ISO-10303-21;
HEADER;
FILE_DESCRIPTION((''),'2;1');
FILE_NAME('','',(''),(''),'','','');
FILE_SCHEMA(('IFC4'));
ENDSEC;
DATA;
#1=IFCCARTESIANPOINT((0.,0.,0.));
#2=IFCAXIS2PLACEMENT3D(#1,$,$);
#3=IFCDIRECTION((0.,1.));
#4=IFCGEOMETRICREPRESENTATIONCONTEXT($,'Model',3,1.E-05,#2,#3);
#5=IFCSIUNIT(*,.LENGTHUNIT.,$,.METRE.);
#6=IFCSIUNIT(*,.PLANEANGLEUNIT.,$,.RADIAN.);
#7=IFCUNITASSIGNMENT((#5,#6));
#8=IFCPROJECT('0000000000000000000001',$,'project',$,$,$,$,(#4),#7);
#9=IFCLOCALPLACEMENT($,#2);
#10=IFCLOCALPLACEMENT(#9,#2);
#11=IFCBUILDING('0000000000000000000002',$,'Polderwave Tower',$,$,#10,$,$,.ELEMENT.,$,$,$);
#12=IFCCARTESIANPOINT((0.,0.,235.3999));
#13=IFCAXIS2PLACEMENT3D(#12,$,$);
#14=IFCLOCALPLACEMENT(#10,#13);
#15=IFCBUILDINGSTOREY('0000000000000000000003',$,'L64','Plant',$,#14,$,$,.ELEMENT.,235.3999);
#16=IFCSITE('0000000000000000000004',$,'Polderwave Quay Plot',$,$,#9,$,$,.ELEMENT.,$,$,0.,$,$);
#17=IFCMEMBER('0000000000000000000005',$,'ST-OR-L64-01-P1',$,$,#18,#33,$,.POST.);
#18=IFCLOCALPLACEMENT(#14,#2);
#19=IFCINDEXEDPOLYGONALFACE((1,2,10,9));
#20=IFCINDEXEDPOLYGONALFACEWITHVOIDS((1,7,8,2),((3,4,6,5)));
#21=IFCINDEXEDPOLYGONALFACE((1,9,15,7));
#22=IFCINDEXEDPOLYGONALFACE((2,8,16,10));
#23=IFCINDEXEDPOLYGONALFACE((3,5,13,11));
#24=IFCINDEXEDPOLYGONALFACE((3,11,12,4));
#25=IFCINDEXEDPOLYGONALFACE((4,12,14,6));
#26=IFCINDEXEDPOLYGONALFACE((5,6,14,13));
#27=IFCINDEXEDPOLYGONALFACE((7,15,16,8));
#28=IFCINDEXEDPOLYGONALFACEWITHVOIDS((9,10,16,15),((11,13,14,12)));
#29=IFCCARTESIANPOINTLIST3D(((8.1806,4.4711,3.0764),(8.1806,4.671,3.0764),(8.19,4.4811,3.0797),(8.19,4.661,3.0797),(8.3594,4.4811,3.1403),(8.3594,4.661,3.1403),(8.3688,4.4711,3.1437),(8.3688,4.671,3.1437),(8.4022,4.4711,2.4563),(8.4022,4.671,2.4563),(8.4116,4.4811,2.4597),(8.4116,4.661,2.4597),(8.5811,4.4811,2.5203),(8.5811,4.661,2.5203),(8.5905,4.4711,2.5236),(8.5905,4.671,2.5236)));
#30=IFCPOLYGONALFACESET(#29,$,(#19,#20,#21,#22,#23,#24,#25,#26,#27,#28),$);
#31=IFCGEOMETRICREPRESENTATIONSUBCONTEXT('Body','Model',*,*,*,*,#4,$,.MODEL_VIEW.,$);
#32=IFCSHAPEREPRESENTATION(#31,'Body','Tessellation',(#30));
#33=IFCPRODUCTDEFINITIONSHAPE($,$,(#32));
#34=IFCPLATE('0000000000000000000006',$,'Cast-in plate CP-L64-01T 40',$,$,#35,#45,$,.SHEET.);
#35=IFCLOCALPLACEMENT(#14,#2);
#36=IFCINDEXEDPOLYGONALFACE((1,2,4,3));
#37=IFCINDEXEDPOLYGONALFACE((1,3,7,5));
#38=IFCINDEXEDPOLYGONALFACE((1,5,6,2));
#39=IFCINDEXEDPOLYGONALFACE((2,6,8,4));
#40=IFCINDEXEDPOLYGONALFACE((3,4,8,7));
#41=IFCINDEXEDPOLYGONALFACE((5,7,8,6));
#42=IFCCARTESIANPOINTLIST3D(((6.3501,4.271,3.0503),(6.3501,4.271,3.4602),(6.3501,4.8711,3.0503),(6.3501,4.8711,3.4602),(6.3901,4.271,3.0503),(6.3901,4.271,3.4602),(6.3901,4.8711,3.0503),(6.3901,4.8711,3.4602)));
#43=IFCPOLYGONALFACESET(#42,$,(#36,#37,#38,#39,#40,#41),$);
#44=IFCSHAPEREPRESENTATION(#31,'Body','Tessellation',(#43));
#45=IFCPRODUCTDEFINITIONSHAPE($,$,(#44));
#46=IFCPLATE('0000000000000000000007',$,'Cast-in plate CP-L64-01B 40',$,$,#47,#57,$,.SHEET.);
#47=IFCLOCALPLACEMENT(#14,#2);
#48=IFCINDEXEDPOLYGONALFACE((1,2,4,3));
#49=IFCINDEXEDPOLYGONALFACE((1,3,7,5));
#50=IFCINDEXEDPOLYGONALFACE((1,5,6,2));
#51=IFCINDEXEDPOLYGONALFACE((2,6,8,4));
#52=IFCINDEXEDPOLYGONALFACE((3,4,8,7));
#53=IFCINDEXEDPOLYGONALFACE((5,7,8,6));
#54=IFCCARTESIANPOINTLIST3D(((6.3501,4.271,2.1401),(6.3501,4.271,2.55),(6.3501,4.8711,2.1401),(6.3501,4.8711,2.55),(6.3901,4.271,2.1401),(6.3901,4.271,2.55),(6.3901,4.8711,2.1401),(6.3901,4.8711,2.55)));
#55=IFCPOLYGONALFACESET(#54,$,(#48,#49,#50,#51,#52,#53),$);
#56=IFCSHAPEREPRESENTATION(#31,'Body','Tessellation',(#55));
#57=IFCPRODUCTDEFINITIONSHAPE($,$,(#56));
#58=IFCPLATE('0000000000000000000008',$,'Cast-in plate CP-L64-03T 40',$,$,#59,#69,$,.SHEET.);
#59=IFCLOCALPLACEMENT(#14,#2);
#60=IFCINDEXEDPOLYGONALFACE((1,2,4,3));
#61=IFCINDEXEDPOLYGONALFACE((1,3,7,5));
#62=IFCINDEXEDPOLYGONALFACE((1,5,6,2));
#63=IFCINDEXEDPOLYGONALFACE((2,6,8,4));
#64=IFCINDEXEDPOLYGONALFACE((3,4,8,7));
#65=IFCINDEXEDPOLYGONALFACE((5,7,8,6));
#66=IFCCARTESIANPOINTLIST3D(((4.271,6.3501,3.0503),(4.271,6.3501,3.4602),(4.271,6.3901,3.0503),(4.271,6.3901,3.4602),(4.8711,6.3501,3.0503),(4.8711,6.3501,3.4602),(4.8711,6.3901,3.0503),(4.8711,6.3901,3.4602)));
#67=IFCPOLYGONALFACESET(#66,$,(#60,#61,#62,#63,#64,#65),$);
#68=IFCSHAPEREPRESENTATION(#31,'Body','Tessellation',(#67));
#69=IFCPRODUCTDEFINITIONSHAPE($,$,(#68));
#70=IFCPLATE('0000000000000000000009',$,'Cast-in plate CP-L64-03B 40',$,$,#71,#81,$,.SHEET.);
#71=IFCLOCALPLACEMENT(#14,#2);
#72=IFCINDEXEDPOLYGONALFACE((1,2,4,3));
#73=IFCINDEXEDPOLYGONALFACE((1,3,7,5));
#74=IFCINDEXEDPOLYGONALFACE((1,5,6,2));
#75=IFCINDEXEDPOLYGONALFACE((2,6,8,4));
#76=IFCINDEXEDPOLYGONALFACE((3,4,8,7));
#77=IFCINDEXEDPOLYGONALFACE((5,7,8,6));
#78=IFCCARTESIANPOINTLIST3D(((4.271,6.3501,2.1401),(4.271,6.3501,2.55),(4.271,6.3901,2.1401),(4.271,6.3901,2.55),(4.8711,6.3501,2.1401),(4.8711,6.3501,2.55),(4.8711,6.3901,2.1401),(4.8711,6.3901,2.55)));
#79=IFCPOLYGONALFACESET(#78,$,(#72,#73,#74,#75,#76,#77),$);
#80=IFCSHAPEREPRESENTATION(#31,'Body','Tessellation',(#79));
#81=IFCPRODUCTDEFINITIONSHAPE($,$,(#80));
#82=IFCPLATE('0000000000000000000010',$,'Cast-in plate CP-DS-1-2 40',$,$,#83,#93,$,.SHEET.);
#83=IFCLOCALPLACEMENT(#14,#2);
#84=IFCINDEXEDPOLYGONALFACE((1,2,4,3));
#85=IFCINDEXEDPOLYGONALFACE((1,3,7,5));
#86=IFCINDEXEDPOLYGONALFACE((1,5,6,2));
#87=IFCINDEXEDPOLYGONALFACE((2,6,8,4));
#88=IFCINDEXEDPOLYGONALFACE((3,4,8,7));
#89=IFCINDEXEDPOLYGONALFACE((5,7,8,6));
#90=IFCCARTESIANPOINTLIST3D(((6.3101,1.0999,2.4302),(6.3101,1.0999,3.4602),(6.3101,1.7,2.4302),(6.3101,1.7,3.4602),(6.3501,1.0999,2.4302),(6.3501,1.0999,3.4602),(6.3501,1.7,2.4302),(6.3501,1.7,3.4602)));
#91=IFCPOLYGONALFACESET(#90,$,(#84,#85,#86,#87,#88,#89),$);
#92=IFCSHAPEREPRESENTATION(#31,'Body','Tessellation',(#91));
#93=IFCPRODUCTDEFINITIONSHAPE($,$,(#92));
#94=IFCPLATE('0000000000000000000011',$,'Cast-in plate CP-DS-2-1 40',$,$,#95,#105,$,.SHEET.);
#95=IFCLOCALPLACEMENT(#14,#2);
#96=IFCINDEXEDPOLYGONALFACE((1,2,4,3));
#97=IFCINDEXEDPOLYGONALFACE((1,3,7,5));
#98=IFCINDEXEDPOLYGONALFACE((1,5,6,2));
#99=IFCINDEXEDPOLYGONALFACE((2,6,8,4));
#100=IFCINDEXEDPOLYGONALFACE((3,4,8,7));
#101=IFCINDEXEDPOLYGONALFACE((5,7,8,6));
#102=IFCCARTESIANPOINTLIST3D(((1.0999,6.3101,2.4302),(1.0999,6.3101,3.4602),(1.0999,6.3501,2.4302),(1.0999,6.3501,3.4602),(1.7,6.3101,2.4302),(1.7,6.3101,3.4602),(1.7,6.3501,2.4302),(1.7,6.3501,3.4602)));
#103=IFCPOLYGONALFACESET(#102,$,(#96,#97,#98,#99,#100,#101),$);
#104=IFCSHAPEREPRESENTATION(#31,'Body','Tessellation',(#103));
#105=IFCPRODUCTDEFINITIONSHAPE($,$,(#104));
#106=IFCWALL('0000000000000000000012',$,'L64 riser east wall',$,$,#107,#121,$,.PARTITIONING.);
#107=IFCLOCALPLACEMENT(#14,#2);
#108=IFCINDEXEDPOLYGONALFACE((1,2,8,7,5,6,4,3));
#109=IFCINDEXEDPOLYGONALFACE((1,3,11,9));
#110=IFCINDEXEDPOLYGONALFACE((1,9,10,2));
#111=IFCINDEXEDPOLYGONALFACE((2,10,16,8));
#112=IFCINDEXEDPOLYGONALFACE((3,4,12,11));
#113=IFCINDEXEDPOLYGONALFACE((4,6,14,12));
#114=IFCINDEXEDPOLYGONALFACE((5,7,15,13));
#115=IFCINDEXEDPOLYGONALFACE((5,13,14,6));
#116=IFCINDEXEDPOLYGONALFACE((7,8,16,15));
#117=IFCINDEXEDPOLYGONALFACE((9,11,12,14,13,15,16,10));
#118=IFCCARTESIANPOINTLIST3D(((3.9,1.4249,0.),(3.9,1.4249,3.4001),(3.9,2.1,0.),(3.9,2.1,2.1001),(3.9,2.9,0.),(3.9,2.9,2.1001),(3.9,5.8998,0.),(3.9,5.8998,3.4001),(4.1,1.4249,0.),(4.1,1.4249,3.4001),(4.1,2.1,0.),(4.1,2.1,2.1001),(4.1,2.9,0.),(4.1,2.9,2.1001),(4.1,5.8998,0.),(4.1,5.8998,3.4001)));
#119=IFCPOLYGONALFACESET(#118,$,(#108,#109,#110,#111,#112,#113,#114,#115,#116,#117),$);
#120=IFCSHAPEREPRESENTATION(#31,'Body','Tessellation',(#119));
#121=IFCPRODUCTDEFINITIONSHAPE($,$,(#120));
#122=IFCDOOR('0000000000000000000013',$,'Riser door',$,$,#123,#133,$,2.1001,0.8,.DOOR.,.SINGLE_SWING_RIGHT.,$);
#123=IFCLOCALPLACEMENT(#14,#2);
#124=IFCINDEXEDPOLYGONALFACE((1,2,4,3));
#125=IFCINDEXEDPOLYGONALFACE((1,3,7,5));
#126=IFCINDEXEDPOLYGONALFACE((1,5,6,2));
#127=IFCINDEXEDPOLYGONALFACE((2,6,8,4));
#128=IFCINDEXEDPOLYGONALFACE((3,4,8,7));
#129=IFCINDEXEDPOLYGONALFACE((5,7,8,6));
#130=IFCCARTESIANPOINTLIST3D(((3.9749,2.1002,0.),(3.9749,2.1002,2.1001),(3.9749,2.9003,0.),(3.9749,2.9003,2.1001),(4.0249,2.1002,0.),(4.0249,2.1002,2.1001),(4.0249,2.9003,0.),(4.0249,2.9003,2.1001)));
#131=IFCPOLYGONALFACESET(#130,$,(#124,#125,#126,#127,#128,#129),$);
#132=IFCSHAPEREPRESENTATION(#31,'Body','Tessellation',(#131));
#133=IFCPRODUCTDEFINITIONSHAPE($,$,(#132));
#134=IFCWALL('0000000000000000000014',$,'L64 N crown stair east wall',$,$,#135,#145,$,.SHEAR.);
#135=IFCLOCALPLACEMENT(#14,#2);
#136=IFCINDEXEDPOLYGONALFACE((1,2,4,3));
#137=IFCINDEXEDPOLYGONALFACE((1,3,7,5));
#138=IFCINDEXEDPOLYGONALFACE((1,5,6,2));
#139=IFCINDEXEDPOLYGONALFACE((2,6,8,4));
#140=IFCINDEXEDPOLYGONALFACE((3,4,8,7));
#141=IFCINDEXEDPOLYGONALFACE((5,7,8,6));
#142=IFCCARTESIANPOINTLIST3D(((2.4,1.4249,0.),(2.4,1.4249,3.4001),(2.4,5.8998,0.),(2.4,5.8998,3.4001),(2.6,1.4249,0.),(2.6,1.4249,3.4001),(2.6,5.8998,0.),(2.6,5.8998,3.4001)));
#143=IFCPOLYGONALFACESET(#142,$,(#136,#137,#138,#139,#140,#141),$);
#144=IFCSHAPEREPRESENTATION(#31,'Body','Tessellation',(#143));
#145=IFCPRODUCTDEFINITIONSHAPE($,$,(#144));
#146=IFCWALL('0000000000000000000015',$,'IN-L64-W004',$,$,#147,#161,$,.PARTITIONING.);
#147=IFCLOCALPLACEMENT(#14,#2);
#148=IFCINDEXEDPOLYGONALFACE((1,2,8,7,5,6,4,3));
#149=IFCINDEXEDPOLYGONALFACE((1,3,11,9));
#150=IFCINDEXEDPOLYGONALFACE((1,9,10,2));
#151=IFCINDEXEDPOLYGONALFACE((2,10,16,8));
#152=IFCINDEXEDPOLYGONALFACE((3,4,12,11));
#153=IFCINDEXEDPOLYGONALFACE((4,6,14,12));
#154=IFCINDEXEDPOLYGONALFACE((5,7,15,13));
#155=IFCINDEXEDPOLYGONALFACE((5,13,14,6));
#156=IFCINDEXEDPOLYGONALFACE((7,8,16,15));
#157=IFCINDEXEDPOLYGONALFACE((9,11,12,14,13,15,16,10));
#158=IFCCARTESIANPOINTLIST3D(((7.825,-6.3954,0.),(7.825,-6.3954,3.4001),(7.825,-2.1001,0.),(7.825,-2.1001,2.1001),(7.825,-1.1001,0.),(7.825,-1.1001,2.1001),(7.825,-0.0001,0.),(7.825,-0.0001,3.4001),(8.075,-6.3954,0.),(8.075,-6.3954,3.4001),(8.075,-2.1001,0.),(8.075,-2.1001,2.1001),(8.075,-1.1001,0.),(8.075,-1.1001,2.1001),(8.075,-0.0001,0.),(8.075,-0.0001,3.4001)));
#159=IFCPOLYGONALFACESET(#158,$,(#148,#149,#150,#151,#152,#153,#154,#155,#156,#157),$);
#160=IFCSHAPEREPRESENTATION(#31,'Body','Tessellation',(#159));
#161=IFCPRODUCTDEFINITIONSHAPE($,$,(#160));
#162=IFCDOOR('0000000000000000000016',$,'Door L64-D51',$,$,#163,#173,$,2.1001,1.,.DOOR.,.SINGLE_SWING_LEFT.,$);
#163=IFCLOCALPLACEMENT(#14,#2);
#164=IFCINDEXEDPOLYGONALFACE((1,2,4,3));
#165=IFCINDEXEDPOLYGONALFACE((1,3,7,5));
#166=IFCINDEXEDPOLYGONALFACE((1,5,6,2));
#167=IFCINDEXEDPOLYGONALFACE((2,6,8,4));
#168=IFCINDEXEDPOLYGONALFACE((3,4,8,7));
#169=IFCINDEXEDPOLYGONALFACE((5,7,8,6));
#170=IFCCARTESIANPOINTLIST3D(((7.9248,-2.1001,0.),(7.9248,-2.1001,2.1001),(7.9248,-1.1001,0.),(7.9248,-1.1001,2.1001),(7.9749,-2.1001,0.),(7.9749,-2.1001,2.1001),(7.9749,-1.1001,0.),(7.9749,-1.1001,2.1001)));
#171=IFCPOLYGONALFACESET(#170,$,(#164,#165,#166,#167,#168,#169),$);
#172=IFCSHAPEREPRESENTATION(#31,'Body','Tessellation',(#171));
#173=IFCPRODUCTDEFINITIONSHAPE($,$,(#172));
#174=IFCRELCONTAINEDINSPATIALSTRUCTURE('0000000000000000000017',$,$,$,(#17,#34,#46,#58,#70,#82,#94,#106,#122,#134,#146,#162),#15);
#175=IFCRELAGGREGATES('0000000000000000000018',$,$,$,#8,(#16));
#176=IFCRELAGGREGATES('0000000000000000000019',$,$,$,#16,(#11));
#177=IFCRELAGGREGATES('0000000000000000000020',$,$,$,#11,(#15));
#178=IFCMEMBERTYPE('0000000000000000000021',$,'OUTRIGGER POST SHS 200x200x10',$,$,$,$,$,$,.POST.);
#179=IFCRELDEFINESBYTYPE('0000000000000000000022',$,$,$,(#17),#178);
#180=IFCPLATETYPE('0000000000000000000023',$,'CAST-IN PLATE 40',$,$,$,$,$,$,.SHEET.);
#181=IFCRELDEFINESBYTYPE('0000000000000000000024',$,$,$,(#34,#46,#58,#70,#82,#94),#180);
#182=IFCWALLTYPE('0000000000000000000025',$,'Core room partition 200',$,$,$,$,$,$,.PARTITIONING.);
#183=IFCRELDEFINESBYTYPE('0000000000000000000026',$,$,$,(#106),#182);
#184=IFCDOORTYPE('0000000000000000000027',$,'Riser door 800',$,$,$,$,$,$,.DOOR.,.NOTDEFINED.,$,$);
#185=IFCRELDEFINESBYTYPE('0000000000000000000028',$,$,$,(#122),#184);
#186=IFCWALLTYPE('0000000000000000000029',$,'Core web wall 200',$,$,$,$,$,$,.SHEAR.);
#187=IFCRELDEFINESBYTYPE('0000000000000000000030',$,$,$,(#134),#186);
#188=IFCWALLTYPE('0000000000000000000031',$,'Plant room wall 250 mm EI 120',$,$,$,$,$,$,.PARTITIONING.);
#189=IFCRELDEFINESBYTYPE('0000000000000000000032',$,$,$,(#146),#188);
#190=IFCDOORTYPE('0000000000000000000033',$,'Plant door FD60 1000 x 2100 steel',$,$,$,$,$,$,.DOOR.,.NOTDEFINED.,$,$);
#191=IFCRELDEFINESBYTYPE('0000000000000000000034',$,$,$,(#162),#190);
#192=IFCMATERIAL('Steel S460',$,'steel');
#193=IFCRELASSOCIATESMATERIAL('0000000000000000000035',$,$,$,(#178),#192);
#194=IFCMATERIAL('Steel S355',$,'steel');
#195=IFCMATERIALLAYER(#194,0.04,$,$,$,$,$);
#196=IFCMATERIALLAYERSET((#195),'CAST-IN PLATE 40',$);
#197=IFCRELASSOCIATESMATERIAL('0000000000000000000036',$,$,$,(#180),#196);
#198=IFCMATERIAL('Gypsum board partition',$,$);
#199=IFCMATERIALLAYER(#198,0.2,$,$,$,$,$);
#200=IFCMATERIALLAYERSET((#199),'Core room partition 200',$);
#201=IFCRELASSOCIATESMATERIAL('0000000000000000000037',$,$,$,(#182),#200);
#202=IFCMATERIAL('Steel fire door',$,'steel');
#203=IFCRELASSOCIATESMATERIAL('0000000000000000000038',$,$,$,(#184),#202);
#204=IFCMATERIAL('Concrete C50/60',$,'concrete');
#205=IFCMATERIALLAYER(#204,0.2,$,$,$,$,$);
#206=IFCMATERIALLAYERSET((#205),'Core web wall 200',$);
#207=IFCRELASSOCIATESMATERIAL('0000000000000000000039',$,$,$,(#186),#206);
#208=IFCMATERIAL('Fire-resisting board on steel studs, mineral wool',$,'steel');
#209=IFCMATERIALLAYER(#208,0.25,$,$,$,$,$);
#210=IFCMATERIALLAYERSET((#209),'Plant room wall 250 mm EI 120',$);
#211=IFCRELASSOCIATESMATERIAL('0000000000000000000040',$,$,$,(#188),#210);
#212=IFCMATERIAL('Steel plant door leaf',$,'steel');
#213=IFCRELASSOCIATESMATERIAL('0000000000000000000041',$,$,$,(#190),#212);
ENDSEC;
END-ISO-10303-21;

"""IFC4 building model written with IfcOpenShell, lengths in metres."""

from ifc_helpers import new_model, si_unit, direction, frame, frame_2d, origin, origin_2d, place, context, subcontext, project, spatial, rectangle, hollow_rectangle, extrude, material, layer, layer_set, material_profile, profile_set, type_object, element, fill, save


model = new_model("IFC4")

# Units and contexts
model_context = context("Model", 3, precision=1e-05, world=origin(), true_north=direction((0.0, 1.0)))
body_context = subcontext(model_context, "Body", "Model", "MODEL_VIEW")
ifc_project = project(units=[si_unit("LENGTHUNIT", "METRE"), si_unit("PLANEANGLEUNIT", "RADIAN")], contexts=[model_context])

# Site, building, storey
site_placement = place(None, origin())
site = spatial("IfcSite", under=ifc_project, at=site_placement, Name="Polderwave Quay Plot", CompositionType="ELEMENT", RefElevation=0.0)
building_placement = place(site_placement, origin())
building = spatial("IfcBuilding", under=site, at=building_placement, Name="Polderwave Tower", CompositionType="ELEMENT")
storey_placement = place(building_placement, frame((0.0, 0.0, 235.3999)))
storey = spatial("IfcBuildingStorey", under=building, at=storey_placement, Name="L64", Description="Plant", CompositionType="ELEMENT", Elevation=235.3999)

# Shared definitions
ifc_material_1 = material(Name="Steel S460", Category="steel")

# Member
ifc_material_profile_1 = material_profile(ifc_material_1, hollow_rectangle(XDim=0.2, YDim=0.2, WallThickness=0.01, at=origin_2d()), Name="SHS 200x200x10")
ifc_profile_set_1 = profile_set([ifc_material_profile_1], Name="Steel S460")
member_type_1 = type_object("IfcMemberType", Name="OUTRIGGER POST SHS 200x200x10", PredefinedType="POST", material=ifc_profile_set_1)
member_1_placement = place(storey_placement, frame((8.4963, 4.571, 2.49), z_axis=(-0.336618, 0.0, 0.941641), x_axis=(0.0, -1.0, 0.0)))
element("IfcMember", 1, at=member_1_placement, inside=storey, type_object=member_type_1, Name="ST-OR-L64-01-P1", PredefinedType="POST", context=body_context, shape_type="SweptSolid", body=[
    extrude(hollow_rectangle(XDim=0.2, YDim=0.2, WallThickness=0.01, at=origin_2d()), origin(), (0.0, 0.0, 1.0), 0.6584),
])

# Plates
ifc_material_2 = material(Name="Steel S355", Category="steel")
ifc_layer_1 = layer(ifc_material_2, 0.04)
ifc_layer_set_1 = layer_set([ifc_layer_1], Name="CAST-IN PLATE 40")
plate_type = type_object("IfcPlateType", Name="CAST-IN PLATE 40", PredefinedType="SHEET", material=ifc_layer_set_1)
for number, where, z_axis, x_axis, name in (
    (2, (6.3701, 4.571, 3.0503), (0.0, 0.0, 1.0), (1.0, 0.0, 0.0), "Cast-in plate CP-L64-01T 40"),
    (3, (6.3701, 4.571, 2.1401), (0.0, 0.0, 1.0), (1.0, 0.0, 0.0), "Cast-in plate CP-L64-01B 40"),
    (4, (4.571, 6.3701, 3.0503), (0.0, 0.0, 1.0), (0.0, 1.0, 0.0), "Cast-in plate CP-L64-03T 40"),
    (5, (4.571, 6.3701, 2.1401), (0.0, 0.0, 1.0), (0.0, 1.0, 0.0), "Cast-in plate CP-L64-03B 40"),
):
    element("IfcPlate", number, at=place(storey_placement, frame(where, z_axis=z_axis, x_axis=x_axis)), inside=storey, type_object=plate_type, Name=name, PredefinedType="SHEET", context=body_context, shape_type="SweptSolid", body=[
        extrude(rectangle(XDim=0.04, YDim=0.6001, at=origin_2d()), origin(), (0.0, 0.0, 1.0), 0.4099),
    ])
for number, where, z_axis, x_axis, name in (
    (6, (6.3301, 1.3999, 2.4302), (0.0, 0.0, 1.0), (1.0, 0.0, 0.0), "Cast-in plate CP-DS-1-2 40"),
    (7, (1.3999, 6.3301, 2.4302), (0.0, 0.0, 1.0), (0.0, 1.0, 0.0), "Cast-in plate CP-DS-2-1 40"),
):
    element("IfcPlate", number, at=place(storey_placement, frame(where, z_axis=z_axis, x_axis=x_axis)), inside=storey, type_object=plate_type, Name=name, PredefinedType="SHEET", context=body_context, shape_type="SweptSolid", body=[
        extrude(rectangle(XDim=0.04, YDim=0.6001, at=origin_2d()), origin(), (0.0, 0.0, 1.0), 1.03),
    ])

# Wall, opening, door
ifc_material_3 = material(Name="Gypsum board partition")
ifc_layer_2 = layer(ifc_material_3, 0.2)
ifc_layer_set_2 = layer_set([ifc_layer_2], Name="Core room partition 200")
wall_type_1 = type_object("IfcWallType", Name="Core room partition 200", PredefinedType="PARTITIONING", material=ifc_layer_set_2)
wall_1_placement = place(storey_placement, frame((4.0, 1.425, 0.0), z_axis=(0.0, 0.0, 1.0), x_axis=(0.0, 1.0, 0.0)))
wall_1 = element("IfcWall", 8, at=wall_1_placement, inside=storey, type_object=wall_type_1, Name="L64 riser east wall", PredefinedType="PARTITIONING", context=body_context, shape_type="SweptSolid", body=[
    extrude(rectangle(XDim=4.4749, YDim=0.2, at=frame_2d((2.2373, 0.0))), origin(), (0.0, 0.0, 1.0), 3.4001),
])
opening_1_placement = place(wall_1_placement, frame((0.675, 0.0, 0.0)))
opening_1 = element("IfcOpeningElement", 9, at=opening_1_placement, cuts=wall_1, PredefinedType="OPENING", context=body_context, shape_type="SweptSolid", body=[
    extrude(rectangle(XDim=0.8, YDim=2.1001, at=frame_2d((0.3999, 1.05))), frame((0.0, 0.1099, 0.0), z_axis=(0.0, -1.0, 0.0), x_axis=(1.0, 0.0, 0.0)), (0.0, 0.0, 1.0), 0.22),
])
ifc_material_4 = material(Name="Steel fire door", Category="steel")
door_type_1 = type_object("IfcDoorType", Name="Riser door 800", OperationType="NOTDEFINED", PredefinedType="DOOR", material=ifc_material_4)
door_1_placement = place(opening_1_placement, frame((0.8, 0.0, 0.0), z_axis=(0.0, 0.0, 1.0), x_axis=(-1.0, 0.0, 0.0)))
door_1 = element("IfcDoor", 10, at=door_1_placement, inside=storey, type_object=door_type_1, Name="Riser door", OperationType="SINGLE_SWING_RIGHT", OverallHeight=2.1001, OverallWidth=0.8, PredefinedType="DOOR", context=body_context, shape_type="SweptSolid", body=[
    extrude(rectangle(XDim=0.8, YDim=2.1001, at=frame_2d((0.3999, 1.05))), frame((0.0, 0.0249, 0.0), z_axis=(0.0, -1.0, 0.0), x_axis=(1.0, 0.0, 0.0)), (0.0, 0.0, 1.0), 0.05),
])
fill(opening_1, door_1)

# Wall
ifc_material_5 = material(Name="Concrete C50/60", Category="concrete")
ifc_layer_3 = layer(ifc_material_5, 0.2)
ifc_layer_set_3 = layer_set([ifc_layer_3], Name="Core web wall 200")
wall_type_2 = type_object("IfcWallType", Name="Core web wall 200", PredefinedType="SHEAR", material=ifc_layer_set_3)
wall_2_placement = place(storey_placement, frame((2.5, 1.425, 0.0), z_axis=(0.0, 0.0, 1.0), x_axis=(0.0, 1.0, 0.0)))
element("IfcWall", 11, at=wall_2_placement, inside=storey, type_object=wall_type_2, Name="L64 N crown stair east wall", PredefinedType="SHEAR", context=body_context, shape_type="SweptSolid", body=[
    extrude(rectangle(XDim=4.4749, YDim=0.2, at=frame_2d((2.2373, 0.0))), origin(), (0.0, 0.0, 1.0), 3.4001),
])

# Wall, opening, door
ifc_material_6 = material(Name="Fire-resisting board on steel studs, mineral wool", Category="steel")
ifc_layer_4 = layer(ifc_material_6, 0.25)
ifc_layer_set_4 = layer_set([ifc_layer_4], Name="Plant room wall 250 mm EI 120")
wall_type_3 = type_object("IfcWallType", Name="Plant room wall 250 mm EI 120", PredefinedType="PARTITIONING", material=ifc_layer_set_4)
wall_3_placement = place(storey_placement, frame((7.95, 0.0, 0.0), z_axis=(0.0, 0.0, 1.0), x_axis=(0.0, -1.0, 0.0)))
wall_3 = element("IfcWall", 12, at=wall_3_placement, inside=storey, type_object=wall_type_3, Name="IN-L64-W004", PredefinedType="PARTITIONING", context=body_context, shape_type="SweptSolid", body=[
    extrude(rectangle(XDim=6.3953, YDim=0.25, at=frame_2d((3.1978, 0.0))), origin(), (0.0, 0.0, 1.0), 3.4001),
])
opening_2_placement = place(wall_3_placement, frame((1.1001, 0.0, 0.0)))
opening_2 = element("IfcOpeningElement", 13, at=opening_2_placement, cuts=wall_3, PredefinedType="OPENING", context=body_context, shape_type="SweptSolid", body=[
    extrude(rectangle(XDim=1.0, YDim=2.1001, at=frame_2d((0.5, 1.05))), frame((0.0, 0.135, 0.0), z_axis=(0.0, -1.0, 0.0), x_axis=(1.0, 0.0, 0.0)), (0.0, 0.0, 1.0), 0.27),
])
ifc_material_7 = material(Name="Steel plant door leaf", Category="steel")
door_type_2 = type_object("IfcDoorType", Name="Plant door FD60 1000 x 2100 steel", OperationType="NOTDEFINED", PredefinedType="DOOR", material=ifc_material_7)
door_2_placement = place(opening_2_placement, origin())
door_2 = element("IfcDoor", 14, at=door_2_placement, inside=storey, type_object=door_type_2, Name="Door L64-D51", OperationType="SINGLE_SWING_LEFT", OverallHeight=2.1001, OverallWidth=1.0, PredefinedType="DOOR", context=body_context, shape_type="SweptSolid", body=[
    extrude(rectangle(XDim=1.0, YDim=2.1001, at=frame_2d((0.5, 1.05))), frame((0.0, 0.0249, 0.0), z_axis=(0.0, -1.0, 0.0), x_axis=(1.0, 0.0, 0.0)), (0.0, 0.0, 1.0), 0.05),
])
fill(opening_2, door_2)

save(model, "model.ifc")
